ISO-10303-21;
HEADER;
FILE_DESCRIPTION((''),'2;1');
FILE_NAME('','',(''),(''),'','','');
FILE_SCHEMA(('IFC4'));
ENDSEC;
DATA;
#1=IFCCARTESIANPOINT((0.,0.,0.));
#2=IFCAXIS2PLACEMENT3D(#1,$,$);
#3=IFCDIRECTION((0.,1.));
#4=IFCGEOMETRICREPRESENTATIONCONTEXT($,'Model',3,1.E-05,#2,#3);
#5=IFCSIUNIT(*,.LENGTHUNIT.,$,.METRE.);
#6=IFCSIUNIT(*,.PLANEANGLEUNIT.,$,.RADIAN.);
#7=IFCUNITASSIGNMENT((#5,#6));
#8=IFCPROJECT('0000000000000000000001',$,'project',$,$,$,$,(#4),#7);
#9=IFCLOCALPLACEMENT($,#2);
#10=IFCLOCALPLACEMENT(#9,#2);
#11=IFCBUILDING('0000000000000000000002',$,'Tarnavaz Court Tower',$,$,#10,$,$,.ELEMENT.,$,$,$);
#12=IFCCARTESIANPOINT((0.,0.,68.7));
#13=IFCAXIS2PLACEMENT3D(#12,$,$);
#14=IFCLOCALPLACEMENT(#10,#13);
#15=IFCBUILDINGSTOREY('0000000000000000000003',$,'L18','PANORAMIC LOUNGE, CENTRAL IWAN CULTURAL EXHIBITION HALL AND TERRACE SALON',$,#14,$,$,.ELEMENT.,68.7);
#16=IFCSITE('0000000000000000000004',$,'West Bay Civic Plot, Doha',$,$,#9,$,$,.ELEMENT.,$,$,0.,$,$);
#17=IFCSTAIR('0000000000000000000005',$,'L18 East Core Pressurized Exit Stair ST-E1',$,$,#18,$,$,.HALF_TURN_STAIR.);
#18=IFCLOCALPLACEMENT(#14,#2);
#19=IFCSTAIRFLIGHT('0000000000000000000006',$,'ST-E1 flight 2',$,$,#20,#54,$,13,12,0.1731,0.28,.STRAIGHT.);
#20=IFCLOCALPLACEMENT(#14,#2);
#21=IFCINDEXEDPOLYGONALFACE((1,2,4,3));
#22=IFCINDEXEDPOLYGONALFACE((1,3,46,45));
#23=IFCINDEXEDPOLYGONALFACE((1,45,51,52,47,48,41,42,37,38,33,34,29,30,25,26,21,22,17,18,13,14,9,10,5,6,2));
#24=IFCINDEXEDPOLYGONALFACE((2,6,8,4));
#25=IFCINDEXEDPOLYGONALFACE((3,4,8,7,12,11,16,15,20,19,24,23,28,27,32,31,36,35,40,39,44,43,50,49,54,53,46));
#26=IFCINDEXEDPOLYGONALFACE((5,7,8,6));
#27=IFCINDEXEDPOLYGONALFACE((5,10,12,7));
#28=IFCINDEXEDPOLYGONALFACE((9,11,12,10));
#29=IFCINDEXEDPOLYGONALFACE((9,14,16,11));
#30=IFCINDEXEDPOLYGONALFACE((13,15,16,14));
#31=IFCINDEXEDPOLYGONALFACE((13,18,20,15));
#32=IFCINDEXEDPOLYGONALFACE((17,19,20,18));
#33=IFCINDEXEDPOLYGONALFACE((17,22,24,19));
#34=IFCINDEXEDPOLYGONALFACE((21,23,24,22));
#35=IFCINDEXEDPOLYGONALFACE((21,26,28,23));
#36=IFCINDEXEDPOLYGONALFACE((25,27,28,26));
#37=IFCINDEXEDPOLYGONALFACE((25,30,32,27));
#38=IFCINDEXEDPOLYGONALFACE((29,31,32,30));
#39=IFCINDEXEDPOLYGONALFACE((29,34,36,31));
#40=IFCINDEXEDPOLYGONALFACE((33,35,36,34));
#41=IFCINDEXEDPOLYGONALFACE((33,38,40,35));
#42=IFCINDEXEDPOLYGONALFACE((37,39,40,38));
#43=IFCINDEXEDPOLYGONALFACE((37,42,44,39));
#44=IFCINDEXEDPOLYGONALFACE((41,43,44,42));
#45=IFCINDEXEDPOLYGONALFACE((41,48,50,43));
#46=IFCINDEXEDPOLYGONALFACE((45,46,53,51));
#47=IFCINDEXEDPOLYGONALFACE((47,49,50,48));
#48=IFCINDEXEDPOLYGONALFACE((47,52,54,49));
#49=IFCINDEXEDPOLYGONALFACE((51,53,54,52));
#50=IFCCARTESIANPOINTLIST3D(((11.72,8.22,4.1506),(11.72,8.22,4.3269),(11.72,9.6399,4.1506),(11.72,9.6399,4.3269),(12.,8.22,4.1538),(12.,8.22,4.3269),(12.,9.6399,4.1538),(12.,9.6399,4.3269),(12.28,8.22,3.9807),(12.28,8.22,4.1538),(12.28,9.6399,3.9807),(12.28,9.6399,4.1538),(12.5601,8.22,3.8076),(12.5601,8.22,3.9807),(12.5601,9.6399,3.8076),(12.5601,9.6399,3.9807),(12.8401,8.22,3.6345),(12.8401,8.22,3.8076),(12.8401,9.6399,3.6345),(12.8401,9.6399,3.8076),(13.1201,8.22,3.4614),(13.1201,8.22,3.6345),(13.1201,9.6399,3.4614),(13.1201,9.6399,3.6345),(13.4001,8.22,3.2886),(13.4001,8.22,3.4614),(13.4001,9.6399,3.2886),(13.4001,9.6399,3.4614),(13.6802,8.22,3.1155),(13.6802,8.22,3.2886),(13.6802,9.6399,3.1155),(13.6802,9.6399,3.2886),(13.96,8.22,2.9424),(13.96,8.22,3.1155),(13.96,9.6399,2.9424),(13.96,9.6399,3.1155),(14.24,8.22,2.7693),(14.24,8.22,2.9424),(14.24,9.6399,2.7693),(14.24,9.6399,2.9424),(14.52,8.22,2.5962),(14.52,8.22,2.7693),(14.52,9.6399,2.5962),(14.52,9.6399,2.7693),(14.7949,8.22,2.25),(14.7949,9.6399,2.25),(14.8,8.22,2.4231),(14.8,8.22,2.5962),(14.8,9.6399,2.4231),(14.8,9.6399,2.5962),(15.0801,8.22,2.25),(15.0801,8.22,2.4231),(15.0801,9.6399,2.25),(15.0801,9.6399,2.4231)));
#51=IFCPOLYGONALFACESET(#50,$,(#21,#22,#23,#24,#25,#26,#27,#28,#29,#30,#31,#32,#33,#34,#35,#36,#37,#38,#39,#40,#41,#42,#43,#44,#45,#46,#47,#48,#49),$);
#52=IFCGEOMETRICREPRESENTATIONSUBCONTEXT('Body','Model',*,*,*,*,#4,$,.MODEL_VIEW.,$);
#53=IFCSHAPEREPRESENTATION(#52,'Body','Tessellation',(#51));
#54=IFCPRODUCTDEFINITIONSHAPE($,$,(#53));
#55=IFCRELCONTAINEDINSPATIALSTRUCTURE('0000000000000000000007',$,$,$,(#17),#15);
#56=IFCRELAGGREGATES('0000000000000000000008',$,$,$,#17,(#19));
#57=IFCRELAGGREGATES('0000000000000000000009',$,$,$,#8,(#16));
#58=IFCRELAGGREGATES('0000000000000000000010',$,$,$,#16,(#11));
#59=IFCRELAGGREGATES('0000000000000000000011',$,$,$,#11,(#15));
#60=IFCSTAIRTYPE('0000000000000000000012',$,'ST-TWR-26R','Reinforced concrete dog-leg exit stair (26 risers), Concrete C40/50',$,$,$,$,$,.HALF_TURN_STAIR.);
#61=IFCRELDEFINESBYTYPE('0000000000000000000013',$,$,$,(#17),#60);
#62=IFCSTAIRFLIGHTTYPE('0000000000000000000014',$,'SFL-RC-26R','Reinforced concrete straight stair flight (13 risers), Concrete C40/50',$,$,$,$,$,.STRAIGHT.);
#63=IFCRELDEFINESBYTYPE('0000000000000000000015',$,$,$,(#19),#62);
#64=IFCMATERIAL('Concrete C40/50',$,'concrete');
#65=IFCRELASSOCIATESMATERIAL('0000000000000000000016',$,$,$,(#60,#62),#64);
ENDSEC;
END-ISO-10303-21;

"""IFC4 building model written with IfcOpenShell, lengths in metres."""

from ifc_helpers import new_model, si_unit, direction, frame, origin, place, context, subcontext, project, spatial, polyline, outline, extrude, material, type_object, element, aggregate, save


model = new_model("IFC4")

# Units and contexts
model_context = context("Model", 3, precision=1e-05, world=origin(), true_north=direction((0.0, 1.0)))
body_context = subcontext(model_context, "Body", "Model", "MODEL_VIEW")
ifc_project = project(units=[si_unit("LENGTHUNIT", "METRE"), si_unit("PLANEANGLEUNIT", "RADIAN")], contexts=[model_context])

# Site, building, storey
site_placement = place(None, origin())
site = spatial("IfcSite", under=ifc_project, at=site_placement, Name="West Bay Civic Plot, Doha", CompositionType="ELEMENT", RefElevation=0.0)
building_placement = place(site_placement, origin())
building = spatial("IfcBuilding", under=site, at=building_placement, Name="Tarnavaz Court Tower", CompositionType="ELEMENT")
storey_placement = place(building_placement, frame((0.0, 0.0, 68.7)))
storey = spatial("IfcBuildingStorey", under=building, at=storey_placement, Name="L18", Description="PANORAMIC LOUNGE, CENTRAL IWAN CULTURAL EXHIBITION HALL AND TERRACE SALON", CompositionType="ELEMENT", Elevation=68.7)

# Stair, stair flight
ifc_material_1 = material(Name="Concrete C40/50", Category="concrete")
stair_type = type_object("IfcStairType", Name="ST-TWR-26R", Description="Reinforced concrete dog-leg exit stair (26 risers), Concrete C40/50", PredefinedType="HALF_TURN_STAIR", material=ifc_material_1)
stair_placement = place(storey_placement, origin())
stair = element("IfcStair", 1, at=stair_placement, inside=storey, type_object=stair_type, Name="L18 East Core Pressurized Exit Stair ST-E1", PredefinedType="HALF_TURN_STAIR")
stair_flight_type = type_object("IfcStairFlightType", Name="SFL-RC-26R", Description="Reinforced concrete straight stair flight (13 risers), Concrete C40/50", PredefinedType="STRAIGHT", material=ifc_material_1)
stair_flight_placement = place(storey_placement, frame((15.0801, 8.9299, 2.25), z_axis=(0.0, 0.0, 1.0), x_axis=(-1.0, 0.0, 0.0)))
stair_flight = element("IfcStairFlight", 2, at=stair_flight_placement, type_object=stair_flight_type, Name="ST-E1 flight 2", NumberOfRisers=13, NumberOfTreads=12, PredefinedType="STRAIGHT", RiserHeight=0.1731, TreadLength=0.28, context=body_context, shape_type="SweptSolid", body=[
    extrude(outline(polyline([(0.0, 0.0), (0.0, 0.1731), (0.28, 0.1731), (0.28, 0.3462), (0.5601, 0.3462), (0.5601, 0.5193), (0.8401, 0.5193), (0.8401, 0.6924), (1.1201, 0.6924), (1.1201, 0.8655), (1.3999, 0.8655), (1.3999, 1.0386), (1.6799, 1.0386), (1.6799, 1.2114), (1.96, 1.2114), (1.96, 1.3845), (2.24, 1.3845), (2.24, 1.5576), (2.52, 1.5576), (2.52, 1.7307), (2.8, 1.7307), (2.8, 1.9038), (3.0801, 1.9038), (3.0801, 2.0769), (3.3601, 2.0769), (3.3601, 2.25), (3.3601, 1.9006), (0.2852, 0.0), (0.0, 0.0)])), frame((0.0, 0.71, 0.0), z_axis=(0.0, -1.0, 0.0), x_axis=(1.0, 0.0, 0.0)), (0.0, 0.0, 1.0), 1.4199),
])
aggregate(stair, [stair_flight])

save(model, "model.ifc")
